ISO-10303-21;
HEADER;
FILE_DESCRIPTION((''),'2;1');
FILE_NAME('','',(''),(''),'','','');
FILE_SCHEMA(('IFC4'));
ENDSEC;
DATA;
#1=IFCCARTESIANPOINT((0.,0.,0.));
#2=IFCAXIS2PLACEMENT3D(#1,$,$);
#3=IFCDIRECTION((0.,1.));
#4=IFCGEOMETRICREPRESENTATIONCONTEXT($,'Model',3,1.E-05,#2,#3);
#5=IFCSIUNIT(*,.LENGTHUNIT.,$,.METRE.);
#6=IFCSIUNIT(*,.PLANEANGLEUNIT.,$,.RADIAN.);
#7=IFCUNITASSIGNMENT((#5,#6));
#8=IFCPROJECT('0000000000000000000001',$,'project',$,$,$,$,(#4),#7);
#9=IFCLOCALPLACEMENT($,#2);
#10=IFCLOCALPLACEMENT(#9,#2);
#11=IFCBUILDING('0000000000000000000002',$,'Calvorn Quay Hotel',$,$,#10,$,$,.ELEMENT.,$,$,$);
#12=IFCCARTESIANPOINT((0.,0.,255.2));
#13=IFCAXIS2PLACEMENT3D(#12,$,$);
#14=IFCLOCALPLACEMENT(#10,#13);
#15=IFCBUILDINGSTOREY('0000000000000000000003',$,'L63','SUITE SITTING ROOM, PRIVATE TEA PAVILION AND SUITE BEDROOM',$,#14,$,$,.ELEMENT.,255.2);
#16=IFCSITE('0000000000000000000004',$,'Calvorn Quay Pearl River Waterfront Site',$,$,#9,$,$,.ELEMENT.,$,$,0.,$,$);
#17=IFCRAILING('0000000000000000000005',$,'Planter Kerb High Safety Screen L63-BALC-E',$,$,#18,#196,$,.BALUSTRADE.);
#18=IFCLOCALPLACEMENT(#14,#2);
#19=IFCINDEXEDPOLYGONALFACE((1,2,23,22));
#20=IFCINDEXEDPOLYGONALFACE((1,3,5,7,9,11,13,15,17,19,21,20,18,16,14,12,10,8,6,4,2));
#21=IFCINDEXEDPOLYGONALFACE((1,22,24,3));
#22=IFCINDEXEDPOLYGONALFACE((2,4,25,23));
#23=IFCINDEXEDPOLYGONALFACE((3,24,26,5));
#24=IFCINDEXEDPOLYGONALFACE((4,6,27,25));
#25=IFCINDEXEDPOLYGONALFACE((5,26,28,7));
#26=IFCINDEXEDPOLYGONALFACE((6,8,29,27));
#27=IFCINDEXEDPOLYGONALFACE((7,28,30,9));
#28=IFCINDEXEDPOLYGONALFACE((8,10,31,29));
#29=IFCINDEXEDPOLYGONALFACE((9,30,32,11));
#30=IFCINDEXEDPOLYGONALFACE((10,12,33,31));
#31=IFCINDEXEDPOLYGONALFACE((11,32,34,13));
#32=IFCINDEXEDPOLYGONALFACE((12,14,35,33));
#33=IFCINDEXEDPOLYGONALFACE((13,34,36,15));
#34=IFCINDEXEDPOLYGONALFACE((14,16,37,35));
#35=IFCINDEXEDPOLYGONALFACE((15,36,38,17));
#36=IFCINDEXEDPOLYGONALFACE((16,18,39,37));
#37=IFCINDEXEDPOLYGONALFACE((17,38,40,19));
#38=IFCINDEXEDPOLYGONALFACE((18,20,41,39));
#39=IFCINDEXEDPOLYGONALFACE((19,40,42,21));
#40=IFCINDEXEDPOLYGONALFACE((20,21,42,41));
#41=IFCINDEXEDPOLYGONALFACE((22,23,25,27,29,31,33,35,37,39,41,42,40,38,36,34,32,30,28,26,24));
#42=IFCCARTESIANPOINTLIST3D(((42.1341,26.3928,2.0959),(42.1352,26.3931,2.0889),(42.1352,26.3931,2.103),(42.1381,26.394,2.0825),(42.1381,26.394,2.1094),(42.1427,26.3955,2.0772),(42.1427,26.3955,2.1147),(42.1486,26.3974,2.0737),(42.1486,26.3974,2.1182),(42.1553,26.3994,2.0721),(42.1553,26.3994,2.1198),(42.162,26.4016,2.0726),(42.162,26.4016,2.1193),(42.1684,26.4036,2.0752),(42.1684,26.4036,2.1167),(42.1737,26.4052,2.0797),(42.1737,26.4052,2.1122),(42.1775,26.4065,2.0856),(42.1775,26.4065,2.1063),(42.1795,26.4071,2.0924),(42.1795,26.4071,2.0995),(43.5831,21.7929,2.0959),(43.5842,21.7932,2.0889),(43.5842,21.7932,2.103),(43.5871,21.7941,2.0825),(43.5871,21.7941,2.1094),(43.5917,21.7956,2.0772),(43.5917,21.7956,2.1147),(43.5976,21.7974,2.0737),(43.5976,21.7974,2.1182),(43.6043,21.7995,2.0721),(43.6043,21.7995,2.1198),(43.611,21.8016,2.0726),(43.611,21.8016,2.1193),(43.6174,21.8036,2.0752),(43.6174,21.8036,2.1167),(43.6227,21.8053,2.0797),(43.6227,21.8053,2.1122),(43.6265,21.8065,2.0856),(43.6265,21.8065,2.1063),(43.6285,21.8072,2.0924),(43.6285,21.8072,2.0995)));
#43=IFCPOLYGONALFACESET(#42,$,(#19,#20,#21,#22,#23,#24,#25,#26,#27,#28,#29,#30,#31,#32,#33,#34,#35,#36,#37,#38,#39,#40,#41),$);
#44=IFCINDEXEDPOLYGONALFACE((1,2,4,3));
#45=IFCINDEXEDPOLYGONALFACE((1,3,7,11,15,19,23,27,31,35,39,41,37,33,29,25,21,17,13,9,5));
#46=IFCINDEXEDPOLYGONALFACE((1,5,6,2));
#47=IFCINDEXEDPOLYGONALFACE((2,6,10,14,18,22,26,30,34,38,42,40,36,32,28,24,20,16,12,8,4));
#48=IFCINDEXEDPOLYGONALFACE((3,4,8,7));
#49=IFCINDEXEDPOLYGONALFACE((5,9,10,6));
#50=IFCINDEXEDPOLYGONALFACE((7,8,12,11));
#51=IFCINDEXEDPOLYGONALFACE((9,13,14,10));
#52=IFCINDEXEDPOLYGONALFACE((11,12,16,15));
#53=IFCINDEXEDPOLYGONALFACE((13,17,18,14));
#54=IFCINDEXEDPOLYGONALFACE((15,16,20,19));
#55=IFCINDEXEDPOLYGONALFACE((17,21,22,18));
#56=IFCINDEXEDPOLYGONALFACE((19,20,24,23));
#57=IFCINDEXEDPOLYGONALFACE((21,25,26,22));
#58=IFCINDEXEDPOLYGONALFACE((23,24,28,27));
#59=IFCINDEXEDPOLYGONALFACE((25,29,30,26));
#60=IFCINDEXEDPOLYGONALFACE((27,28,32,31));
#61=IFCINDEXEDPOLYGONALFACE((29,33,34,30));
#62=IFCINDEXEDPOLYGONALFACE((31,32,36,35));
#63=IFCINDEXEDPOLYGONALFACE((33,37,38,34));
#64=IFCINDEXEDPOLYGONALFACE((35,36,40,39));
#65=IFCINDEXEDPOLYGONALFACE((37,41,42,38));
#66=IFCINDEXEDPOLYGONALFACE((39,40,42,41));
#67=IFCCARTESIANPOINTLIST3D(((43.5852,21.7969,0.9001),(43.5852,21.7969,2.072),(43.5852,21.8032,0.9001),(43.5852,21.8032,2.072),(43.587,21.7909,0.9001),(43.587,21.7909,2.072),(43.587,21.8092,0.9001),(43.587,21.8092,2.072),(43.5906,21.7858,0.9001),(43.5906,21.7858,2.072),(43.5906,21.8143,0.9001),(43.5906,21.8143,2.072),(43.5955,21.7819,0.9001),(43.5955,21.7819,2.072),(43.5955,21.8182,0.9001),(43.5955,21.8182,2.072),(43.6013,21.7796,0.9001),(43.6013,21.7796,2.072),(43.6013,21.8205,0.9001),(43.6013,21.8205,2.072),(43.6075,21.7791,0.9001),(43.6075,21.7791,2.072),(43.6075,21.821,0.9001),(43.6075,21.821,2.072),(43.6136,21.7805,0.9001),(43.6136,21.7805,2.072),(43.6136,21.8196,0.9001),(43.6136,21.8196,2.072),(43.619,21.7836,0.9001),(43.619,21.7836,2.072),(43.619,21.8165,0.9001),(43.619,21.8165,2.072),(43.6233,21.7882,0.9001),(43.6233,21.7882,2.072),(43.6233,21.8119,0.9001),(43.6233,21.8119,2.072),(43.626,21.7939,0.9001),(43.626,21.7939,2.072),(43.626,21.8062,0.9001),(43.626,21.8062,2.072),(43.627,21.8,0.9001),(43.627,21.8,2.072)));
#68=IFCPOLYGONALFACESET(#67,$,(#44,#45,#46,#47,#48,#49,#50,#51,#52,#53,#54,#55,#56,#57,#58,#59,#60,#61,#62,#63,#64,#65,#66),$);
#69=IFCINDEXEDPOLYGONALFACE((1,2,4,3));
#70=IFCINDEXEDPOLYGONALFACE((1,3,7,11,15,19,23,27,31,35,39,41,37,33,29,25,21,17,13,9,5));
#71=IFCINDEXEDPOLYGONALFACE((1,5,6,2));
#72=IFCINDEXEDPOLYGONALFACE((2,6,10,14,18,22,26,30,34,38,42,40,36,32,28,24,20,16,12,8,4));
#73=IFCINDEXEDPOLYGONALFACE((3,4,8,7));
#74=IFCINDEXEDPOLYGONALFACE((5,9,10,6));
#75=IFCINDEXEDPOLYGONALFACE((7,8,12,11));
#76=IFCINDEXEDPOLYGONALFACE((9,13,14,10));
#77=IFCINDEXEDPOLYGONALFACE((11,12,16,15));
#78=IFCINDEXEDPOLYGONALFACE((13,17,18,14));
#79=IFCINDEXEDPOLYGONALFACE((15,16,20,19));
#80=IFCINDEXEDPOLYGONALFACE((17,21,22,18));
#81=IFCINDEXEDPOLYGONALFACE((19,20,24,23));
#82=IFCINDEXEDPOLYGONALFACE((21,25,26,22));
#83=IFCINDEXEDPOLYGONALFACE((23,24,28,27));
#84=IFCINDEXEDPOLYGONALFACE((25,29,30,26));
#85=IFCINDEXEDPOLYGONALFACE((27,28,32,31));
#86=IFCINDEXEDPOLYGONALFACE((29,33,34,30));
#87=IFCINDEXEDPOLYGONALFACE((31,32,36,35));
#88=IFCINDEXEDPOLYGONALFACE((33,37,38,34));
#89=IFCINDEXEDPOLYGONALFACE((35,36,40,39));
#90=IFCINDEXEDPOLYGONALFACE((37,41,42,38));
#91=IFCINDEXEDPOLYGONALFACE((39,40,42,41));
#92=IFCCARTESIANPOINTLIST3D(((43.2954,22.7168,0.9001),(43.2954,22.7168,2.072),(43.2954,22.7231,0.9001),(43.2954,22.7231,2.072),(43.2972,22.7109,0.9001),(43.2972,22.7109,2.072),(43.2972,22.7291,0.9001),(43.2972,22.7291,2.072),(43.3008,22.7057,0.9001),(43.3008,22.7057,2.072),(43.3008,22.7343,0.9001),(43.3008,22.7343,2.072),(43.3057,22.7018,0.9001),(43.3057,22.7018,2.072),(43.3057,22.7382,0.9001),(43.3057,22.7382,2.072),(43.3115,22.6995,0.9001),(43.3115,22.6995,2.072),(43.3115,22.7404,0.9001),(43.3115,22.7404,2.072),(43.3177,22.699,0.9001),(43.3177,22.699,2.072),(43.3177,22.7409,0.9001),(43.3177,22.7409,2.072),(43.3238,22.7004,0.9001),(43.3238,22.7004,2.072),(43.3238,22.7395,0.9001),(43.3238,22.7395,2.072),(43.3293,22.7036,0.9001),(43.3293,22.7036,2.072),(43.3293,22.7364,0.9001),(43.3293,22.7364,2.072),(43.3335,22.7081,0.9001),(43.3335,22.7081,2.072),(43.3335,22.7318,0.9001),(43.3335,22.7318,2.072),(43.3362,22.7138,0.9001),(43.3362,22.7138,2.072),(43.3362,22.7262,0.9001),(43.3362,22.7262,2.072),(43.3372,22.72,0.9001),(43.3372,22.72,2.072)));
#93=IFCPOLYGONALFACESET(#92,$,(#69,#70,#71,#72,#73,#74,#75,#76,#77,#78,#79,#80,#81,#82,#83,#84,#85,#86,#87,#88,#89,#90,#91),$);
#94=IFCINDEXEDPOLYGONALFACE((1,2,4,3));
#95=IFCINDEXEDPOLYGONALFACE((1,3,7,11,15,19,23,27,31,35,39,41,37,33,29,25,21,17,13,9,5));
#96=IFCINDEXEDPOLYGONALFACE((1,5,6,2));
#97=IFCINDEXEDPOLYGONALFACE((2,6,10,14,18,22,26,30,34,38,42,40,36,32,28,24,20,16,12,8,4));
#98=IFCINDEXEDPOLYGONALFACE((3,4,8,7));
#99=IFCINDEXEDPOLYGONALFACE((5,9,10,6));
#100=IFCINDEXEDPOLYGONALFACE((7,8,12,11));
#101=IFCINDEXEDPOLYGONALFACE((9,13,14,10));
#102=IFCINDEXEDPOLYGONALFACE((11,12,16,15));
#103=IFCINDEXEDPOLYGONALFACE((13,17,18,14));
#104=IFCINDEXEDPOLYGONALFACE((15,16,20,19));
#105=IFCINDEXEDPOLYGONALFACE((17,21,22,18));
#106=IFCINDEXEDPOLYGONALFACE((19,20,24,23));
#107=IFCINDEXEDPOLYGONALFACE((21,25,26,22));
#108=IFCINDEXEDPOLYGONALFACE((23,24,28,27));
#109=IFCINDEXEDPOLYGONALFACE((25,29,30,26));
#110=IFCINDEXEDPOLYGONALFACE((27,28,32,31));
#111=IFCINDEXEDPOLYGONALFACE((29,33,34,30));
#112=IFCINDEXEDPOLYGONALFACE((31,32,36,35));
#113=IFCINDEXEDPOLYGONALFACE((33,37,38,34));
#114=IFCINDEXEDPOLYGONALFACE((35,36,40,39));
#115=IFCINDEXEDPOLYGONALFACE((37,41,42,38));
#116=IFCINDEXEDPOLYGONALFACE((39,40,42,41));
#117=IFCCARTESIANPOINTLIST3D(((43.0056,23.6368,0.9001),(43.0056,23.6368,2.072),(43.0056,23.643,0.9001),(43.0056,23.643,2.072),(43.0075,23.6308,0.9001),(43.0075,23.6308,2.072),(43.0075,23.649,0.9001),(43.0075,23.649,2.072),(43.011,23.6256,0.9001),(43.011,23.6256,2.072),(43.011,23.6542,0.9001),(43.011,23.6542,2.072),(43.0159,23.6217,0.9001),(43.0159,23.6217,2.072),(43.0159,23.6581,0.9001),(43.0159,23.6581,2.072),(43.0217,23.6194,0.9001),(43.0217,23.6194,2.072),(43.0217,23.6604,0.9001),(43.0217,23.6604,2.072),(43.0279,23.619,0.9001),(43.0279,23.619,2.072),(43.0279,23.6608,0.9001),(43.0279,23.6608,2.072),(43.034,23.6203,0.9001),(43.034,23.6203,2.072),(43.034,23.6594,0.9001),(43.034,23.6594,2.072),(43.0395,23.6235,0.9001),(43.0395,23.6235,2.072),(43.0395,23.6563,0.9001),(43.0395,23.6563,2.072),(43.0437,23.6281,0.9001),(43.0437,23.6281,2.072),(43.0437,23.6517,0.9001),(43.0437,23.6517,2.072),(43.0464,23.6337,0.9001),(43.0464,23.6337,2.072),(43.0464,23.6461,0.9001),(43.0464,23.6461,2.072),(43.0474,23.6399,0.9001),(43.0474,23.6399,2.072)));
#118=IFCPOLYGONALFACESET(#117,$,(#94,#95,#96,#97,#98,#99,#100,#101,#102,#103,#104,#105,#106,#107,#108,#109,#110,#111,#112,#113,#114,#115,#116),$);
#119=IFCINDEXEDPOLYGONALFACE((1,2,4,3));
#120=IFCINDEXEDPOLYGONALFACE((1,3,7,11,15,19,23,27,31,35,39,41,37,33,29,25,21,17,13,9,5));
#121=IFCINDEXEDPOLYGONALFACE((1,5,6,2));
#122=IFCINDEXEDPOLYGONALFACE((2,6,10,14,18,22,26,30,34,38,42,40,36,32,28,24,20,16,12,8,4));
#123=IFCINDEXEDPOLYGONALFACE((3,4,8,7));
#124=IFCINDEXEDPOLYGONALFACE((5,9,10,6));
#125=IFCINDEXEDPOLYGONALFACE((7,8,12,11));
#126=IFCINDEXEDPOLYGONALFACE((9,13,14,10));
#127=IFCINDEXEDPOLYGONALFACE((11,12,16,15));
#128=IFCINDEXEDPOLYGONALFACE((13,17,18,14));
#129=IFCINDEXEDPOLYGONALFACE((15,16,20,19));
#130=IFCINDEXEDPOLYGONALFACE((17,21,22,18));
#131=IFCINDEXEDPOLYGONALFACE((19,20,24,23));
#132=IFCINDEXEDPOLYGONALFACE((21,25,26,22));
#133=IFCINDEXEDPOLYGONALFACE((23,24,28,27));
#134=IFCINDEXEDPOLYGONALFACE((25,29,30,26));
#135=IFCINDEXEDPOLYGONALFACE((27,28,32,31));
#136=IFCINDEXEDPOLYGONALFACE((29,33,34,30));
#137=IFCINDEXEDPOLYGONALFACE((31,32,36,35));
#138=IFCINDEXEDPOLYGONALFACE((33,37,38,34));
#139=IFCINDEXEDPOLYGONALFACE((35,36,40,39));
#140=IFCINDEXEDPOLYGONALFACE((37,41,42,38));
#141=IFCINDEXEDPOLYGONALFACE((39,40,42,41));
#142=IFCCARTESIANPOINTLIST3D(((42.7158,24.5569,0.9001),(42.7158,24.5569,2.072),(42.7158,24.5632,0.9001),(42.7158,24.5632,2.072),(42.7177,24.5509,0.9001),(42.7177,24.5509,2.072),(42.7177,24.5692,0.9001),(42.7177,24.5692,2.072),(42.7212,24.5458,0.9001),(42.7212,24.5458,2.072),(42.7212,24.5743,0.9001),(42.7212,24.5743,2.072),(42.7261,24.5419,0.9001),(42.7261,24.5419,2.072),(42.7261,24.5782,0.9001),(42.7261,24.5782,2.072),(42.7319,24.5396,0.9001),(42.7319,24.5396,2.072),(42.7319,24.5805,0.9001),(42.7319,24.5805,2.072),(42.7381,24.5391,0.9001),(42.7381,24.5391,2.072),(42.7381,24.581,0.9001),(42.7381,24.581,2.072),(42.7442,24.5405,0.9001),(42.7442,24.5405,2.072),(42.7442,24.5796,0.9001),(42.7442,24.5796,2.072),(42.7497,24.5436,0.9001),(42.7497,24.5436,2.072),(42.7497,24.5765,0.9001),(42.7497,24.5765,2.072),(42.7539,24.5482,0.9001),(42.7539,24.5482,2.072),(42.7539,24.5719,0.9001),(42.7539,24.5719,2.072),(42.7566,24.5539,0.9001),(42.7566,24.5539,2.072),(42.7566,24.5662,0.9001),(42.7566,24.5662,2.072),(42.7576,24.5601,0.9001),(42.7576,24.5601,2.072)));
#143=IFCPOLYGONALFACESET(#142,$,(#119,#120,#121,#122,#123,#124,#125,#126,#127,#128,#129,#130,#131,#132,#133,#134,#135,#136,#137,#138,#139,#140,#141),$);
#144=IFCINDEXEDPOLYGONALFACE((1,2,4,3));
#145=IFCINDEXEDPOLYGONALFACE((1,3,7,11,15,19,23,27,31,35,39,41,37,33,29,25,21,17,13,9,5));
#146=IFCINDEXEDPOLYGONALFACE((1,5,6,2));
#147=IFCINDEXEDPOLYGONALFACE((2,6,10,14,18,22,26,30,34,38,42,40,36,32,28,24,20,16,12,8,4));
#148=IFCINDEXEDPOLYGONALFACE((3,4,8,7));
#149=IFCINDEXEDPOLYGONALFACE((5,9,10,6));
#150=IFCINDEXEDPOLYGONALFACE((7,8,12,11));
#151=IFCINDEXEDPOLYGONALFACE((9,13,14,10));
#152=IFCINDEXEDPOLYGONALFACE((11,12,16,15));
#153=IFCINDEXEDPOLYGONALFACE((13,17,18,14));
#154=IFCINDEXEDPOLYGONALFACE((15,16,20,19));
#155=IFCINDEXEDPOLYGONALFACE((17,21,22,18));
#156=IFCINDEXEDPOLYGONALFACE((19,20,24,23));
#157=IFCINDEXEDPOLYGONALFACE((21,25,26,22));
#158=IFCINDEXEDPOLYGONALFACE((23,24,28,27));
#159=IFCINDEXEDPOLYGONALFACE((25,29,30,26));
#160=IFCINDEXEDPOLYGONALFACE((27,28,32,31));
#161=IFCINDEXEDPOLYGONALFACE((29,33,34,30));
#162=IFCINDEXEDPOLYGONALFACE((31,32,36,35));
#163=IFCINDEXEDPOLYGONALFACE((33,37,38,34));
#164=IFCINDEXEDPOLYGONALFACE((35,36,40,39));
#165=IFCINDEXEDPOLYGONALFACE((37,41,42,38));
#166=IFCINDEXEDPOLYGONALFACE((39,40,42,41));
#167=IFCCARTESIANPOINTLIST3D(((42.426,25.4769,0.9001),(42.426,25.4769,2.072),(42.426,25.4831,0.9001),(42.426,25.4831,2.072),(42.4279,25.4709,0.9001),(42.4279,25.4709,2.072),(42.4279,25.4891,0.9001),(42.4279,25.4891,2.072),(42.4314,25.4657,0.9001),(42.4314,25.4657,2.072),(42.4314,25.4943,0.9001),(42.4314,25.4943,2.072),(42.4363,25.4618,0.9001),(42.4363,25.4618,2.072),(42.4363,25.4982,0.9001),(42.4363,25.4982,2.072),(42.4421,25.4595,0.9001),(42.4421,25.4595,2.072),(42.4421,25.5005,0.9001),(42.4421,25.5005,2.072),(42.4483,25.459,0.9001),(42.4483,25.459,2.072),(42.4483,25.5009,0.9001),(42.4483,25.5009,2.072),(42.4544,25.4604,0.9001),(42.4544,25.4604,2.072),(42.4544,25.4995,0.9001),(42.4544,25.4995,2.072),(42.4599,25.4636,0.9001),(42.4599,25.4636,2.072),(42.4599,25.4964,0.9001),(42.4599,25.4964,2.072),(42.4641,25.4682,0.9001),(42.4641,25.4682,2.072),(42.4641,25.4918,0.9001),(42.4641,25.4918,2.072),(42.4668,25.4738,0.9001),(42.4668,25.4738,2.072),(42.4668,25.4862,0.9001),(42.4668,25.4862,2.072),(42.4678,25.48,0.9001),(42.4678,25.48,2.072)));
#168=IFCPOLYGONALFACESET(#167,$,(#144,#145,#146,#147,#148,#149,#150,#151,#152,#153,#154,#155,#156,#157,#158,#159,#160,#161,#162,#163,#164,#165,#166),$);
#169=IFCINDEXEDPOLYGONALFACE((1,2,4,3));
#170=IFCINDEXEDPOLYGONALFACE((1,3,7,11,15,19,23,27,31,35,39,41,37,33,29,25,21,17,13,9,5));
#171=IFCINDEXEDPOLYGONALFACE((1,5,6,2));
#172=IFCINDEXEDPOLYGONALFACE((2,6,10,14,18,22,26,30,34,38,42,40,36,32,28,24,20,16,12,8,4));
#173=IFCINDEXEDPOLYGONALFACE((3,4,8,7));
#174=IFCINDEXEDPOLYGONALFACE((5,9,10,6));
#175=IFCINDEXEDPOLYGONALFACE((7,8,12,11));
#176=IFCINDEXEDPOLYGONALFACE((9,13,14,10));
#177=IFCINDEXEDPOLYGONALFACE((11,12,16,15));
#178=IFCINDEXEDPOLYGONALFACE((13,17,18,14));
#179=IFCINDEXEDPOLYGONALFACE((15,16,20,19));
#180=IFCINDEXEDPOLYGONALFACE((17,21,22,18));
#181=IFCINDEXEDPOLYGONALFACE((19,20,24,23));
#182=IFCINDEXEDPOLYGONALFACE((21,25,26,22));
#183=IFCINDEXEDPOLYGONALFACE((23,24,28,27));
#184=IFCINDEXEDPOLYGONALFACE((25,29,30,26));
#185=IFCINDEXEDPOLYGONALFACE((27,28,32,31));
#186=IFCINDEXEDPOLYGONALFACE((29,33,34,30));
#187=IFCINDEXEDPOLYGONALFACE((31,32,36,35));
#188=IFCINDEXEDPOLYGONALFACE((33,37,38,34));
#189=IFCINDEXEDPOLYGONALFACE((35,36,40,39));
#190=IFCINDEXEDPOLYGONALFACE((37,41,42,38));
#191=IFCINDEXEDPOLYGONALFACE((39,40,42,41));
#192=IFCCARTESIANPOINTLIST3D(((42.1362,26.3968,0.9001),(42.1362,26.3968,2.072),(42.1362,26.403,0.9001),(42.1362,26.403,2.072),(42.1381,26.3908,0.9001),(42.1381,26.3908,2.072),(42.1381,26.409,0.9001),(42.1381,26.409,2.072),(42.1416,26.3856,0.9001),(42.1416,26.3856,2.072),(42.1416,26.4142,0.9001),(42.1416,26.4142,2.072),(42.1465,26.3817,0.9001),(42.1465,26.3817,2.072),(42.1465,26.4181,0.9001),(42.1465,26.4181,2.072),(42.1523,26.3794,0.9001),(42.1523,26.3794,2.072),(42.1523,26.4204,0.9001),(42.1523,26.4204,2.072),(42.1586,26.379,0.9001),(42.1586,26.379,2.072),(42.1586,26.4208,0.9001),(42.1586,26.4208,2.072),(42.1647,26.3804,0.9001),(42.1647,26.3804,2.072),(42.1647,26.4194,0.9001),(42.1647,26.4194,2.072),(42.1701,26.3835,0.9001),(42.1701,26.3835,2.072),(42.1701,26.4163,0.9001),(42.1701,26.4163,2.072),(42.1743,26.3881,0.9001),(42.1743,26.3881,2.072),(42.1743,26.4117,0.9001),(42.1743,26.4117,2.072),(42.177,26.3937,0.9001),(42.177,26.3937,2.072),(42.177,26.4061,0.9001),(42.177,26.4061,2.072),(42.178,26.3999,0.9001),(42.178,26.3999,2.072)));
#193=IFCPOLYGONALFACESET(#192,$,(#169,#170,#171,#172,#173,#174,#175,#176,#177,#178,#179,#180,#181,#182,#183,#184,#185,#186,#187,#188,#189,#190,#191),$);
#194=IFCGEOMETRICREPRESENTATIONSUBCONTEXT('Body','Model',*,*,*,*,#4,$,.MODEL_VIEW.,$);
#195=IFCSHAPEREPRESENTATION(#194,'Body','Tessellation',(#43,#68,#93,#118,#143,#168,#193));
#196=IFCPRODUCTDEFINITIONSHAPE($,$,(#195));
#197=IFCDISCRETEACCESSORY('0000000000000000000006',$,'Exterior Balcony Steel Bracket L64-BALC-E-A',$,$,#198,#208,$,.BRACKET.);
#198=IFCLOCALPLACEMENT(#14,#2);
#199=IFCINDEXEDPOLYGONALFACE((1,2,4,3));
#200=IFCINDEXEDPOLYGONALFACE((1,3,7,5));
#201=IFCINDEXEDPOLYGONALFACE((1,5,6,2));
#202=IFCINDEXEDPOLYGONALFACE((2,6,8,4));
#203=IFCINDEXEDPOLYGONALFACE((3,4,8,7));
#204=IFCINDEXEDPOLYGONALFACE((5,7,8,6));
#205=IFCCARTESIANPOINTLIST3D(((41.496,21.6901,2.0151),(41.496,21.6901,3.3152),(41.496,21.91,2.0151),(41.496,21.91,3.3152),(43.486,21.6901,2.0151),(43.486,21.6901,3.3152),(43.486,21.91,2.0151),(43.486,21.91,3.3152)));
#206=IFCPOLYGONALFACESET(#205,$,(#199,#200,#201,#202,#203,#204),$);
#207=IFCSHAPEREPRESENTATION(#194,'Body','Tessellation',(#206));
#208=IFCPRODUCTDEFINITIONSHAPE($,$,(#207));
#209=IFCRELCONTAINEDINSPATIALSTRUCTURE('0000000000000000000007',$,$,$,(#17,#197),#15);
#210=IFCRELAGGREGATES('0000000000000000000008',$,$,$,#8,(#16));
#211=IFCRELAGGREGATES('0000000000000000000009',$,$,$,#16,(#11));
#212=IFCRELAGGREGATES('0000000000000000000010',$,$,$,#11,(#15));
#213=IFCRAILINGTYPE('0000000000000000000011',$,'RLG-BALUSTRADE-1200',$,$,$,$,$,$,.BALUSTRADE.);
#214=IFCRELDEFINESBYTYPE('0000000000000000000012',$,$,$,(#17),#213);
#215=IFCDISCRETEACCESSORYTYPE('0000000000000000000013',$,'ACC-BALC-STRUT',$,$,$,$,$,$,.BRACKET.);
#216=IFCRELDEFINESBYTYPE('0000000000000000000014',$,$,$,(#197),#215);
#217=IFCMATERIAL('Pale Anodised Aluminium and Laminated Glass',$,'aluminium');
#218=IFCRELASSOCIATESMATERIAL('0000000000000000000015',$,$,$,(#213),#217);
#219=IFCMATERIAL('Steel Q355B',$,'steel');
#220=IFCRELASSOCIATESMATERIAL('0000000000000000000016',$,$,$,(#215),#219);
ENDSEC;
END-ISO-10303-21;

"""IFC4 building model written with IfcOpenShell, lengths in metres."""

from ifc_helpers import new_model, si_unit, direction, frame, origin, origin_2d, place, context, subcontext, project, spatial, rectangle, circle, extrude, material, type_object, element, save


model = new_model("IFC4")

# Units and contexts
model_context = context("Model", 3, precision=1e-05, world=origin(), true_north=direction((0.0, 1.0)))
body_context = subcontext(model_context, "Body", "Model", "MODEL_VIEW")
ifc_project = project(units=[si_unit("LENGTHUNIT", "METRE"), si_unit("PLANEANGLEUNIT", "RADIAN")], contexts=[model_context])

# Site, building, storey
site_placement = place(None, origin())
site = spatial("IfcSite", under=ifc_project, at=site_placement, Name="Calvorn Quay Pearl River Waterfront Site", CompositionType="ELEMENT", RefElevation=0.0)
building_placement = place(site_placement, origin())
building = spatial("IfcBuilding", under=site, at=building_placement, Name="Calvorn Quay Hotel", CompositionType="ELEMENT")
storey_placement = place(building_placement, frame((0.0, 0.0, 255.2)))
storey = spatial("IfcBuildingStorey", under=building, at=storey_placement, Name="L63", Description="SUITE SITTING ROOM, PRIVATE TEA PAVILION AND SUITE BEDROOM", CompositionType="ELEMENT", Elevation=255.2)

# Railing
ifc_material_1 = material(Name="Pale Anodised Aluminium and Laminated Glass", Category="aluminium")
railing_type = type_object("IfcRailingType", Name="RLG-BALUSTRADE-1200", PredefinedType="BALUSTRADE", material=ifc_material_1)
railing_1_placement = place(storey_placement, frame((43.606, 21.8, 0.9001)))
element("IfcRailing", 1, at=railing_1_placement, inside=storey, type_object=railing_type, Name="Planter Kerb High Safety Screen L63-BALC-E", PredefinedType="BALUSTRADE", context=body_context, shape_type="SweptSolid", body=[
    extrude(circle(Radius=0.0239, at=origin_2d()), frame((0.0, 0.0, 1.1958), z_axis=(-0.30045, 0.953797, 0.0), x_axis=(-0.953797, -0.30045, 0.0)), (0.0, 0.0, 1.0), 4.8228),
    extrude(circle(Radius=0.021, at=origin_2d()), origin(), (0.0, 0.0, 1.0), 1.1719),
    extrude(circle(Radius=0.021, at=origin_2d()), frame((-0.2898, 0.9199, 0.0)), (0.0, 0.0, 1.0), 1.1719),
    extrude(circle(Radius=0.021, at=origin_2d()), frame((-0.5796, 1.8398, 0.0)), (0.0, 0.0, 1.0), 1.1719),
    extrude(circle(Radius=0.021, at=origin_2d()), frame((-0.8694, 2.76, 0.0)), (0.0, 0.0, 1.0), 1.1719),
    extrude(circle(Radius=0.021, at=origin_2d()), frame((-1.1592, 3.6799, 0.0)), (0.0, 0.0, 1.0), 1.1719),
    extrude(circle(Radius=0.021, at=origin_2d()), frame((-1.449, 4.5999, 0.0)), (0.0, 0.0, 1.0), 1.1719),
])

# Discrete accessory
ifc_material_2 = material(Name="Steel Q355B", Category="steel")
discrete_accessory_type_1 = type_object("IfcDiscreteAccessoryType", Name="ACC-BALC-STRUT", PredefinedType="BRACKET", material=ifc_material_2)
for number, where, z_axis, x_axis, name in (
    (2, (42.491, 21.8, 2.0151), (0.0, 0.0, 1.0), (1.0, 0.0, 0.0), "Exterior Balcony Steel Bracket L64-BALC-E-A"),
):
    element("IfcDiscreteAccessory", number, at=place(storey_placement, frame(where, z_axis=z_axis, x_axis=x_axis)), inside=storey, type_object=discrete_accessory_type_1, Name=name, PredefinedType="BRACKET", context=body_context, shape_type="SweptSolid", body=[
        extrude(rectangle(XDim=1.99, YDim=0.22, at=origin_2d()), origin(), (0.0, 0.0, 1.0), 1.3),
    ])

save(model, "model.ifc")
